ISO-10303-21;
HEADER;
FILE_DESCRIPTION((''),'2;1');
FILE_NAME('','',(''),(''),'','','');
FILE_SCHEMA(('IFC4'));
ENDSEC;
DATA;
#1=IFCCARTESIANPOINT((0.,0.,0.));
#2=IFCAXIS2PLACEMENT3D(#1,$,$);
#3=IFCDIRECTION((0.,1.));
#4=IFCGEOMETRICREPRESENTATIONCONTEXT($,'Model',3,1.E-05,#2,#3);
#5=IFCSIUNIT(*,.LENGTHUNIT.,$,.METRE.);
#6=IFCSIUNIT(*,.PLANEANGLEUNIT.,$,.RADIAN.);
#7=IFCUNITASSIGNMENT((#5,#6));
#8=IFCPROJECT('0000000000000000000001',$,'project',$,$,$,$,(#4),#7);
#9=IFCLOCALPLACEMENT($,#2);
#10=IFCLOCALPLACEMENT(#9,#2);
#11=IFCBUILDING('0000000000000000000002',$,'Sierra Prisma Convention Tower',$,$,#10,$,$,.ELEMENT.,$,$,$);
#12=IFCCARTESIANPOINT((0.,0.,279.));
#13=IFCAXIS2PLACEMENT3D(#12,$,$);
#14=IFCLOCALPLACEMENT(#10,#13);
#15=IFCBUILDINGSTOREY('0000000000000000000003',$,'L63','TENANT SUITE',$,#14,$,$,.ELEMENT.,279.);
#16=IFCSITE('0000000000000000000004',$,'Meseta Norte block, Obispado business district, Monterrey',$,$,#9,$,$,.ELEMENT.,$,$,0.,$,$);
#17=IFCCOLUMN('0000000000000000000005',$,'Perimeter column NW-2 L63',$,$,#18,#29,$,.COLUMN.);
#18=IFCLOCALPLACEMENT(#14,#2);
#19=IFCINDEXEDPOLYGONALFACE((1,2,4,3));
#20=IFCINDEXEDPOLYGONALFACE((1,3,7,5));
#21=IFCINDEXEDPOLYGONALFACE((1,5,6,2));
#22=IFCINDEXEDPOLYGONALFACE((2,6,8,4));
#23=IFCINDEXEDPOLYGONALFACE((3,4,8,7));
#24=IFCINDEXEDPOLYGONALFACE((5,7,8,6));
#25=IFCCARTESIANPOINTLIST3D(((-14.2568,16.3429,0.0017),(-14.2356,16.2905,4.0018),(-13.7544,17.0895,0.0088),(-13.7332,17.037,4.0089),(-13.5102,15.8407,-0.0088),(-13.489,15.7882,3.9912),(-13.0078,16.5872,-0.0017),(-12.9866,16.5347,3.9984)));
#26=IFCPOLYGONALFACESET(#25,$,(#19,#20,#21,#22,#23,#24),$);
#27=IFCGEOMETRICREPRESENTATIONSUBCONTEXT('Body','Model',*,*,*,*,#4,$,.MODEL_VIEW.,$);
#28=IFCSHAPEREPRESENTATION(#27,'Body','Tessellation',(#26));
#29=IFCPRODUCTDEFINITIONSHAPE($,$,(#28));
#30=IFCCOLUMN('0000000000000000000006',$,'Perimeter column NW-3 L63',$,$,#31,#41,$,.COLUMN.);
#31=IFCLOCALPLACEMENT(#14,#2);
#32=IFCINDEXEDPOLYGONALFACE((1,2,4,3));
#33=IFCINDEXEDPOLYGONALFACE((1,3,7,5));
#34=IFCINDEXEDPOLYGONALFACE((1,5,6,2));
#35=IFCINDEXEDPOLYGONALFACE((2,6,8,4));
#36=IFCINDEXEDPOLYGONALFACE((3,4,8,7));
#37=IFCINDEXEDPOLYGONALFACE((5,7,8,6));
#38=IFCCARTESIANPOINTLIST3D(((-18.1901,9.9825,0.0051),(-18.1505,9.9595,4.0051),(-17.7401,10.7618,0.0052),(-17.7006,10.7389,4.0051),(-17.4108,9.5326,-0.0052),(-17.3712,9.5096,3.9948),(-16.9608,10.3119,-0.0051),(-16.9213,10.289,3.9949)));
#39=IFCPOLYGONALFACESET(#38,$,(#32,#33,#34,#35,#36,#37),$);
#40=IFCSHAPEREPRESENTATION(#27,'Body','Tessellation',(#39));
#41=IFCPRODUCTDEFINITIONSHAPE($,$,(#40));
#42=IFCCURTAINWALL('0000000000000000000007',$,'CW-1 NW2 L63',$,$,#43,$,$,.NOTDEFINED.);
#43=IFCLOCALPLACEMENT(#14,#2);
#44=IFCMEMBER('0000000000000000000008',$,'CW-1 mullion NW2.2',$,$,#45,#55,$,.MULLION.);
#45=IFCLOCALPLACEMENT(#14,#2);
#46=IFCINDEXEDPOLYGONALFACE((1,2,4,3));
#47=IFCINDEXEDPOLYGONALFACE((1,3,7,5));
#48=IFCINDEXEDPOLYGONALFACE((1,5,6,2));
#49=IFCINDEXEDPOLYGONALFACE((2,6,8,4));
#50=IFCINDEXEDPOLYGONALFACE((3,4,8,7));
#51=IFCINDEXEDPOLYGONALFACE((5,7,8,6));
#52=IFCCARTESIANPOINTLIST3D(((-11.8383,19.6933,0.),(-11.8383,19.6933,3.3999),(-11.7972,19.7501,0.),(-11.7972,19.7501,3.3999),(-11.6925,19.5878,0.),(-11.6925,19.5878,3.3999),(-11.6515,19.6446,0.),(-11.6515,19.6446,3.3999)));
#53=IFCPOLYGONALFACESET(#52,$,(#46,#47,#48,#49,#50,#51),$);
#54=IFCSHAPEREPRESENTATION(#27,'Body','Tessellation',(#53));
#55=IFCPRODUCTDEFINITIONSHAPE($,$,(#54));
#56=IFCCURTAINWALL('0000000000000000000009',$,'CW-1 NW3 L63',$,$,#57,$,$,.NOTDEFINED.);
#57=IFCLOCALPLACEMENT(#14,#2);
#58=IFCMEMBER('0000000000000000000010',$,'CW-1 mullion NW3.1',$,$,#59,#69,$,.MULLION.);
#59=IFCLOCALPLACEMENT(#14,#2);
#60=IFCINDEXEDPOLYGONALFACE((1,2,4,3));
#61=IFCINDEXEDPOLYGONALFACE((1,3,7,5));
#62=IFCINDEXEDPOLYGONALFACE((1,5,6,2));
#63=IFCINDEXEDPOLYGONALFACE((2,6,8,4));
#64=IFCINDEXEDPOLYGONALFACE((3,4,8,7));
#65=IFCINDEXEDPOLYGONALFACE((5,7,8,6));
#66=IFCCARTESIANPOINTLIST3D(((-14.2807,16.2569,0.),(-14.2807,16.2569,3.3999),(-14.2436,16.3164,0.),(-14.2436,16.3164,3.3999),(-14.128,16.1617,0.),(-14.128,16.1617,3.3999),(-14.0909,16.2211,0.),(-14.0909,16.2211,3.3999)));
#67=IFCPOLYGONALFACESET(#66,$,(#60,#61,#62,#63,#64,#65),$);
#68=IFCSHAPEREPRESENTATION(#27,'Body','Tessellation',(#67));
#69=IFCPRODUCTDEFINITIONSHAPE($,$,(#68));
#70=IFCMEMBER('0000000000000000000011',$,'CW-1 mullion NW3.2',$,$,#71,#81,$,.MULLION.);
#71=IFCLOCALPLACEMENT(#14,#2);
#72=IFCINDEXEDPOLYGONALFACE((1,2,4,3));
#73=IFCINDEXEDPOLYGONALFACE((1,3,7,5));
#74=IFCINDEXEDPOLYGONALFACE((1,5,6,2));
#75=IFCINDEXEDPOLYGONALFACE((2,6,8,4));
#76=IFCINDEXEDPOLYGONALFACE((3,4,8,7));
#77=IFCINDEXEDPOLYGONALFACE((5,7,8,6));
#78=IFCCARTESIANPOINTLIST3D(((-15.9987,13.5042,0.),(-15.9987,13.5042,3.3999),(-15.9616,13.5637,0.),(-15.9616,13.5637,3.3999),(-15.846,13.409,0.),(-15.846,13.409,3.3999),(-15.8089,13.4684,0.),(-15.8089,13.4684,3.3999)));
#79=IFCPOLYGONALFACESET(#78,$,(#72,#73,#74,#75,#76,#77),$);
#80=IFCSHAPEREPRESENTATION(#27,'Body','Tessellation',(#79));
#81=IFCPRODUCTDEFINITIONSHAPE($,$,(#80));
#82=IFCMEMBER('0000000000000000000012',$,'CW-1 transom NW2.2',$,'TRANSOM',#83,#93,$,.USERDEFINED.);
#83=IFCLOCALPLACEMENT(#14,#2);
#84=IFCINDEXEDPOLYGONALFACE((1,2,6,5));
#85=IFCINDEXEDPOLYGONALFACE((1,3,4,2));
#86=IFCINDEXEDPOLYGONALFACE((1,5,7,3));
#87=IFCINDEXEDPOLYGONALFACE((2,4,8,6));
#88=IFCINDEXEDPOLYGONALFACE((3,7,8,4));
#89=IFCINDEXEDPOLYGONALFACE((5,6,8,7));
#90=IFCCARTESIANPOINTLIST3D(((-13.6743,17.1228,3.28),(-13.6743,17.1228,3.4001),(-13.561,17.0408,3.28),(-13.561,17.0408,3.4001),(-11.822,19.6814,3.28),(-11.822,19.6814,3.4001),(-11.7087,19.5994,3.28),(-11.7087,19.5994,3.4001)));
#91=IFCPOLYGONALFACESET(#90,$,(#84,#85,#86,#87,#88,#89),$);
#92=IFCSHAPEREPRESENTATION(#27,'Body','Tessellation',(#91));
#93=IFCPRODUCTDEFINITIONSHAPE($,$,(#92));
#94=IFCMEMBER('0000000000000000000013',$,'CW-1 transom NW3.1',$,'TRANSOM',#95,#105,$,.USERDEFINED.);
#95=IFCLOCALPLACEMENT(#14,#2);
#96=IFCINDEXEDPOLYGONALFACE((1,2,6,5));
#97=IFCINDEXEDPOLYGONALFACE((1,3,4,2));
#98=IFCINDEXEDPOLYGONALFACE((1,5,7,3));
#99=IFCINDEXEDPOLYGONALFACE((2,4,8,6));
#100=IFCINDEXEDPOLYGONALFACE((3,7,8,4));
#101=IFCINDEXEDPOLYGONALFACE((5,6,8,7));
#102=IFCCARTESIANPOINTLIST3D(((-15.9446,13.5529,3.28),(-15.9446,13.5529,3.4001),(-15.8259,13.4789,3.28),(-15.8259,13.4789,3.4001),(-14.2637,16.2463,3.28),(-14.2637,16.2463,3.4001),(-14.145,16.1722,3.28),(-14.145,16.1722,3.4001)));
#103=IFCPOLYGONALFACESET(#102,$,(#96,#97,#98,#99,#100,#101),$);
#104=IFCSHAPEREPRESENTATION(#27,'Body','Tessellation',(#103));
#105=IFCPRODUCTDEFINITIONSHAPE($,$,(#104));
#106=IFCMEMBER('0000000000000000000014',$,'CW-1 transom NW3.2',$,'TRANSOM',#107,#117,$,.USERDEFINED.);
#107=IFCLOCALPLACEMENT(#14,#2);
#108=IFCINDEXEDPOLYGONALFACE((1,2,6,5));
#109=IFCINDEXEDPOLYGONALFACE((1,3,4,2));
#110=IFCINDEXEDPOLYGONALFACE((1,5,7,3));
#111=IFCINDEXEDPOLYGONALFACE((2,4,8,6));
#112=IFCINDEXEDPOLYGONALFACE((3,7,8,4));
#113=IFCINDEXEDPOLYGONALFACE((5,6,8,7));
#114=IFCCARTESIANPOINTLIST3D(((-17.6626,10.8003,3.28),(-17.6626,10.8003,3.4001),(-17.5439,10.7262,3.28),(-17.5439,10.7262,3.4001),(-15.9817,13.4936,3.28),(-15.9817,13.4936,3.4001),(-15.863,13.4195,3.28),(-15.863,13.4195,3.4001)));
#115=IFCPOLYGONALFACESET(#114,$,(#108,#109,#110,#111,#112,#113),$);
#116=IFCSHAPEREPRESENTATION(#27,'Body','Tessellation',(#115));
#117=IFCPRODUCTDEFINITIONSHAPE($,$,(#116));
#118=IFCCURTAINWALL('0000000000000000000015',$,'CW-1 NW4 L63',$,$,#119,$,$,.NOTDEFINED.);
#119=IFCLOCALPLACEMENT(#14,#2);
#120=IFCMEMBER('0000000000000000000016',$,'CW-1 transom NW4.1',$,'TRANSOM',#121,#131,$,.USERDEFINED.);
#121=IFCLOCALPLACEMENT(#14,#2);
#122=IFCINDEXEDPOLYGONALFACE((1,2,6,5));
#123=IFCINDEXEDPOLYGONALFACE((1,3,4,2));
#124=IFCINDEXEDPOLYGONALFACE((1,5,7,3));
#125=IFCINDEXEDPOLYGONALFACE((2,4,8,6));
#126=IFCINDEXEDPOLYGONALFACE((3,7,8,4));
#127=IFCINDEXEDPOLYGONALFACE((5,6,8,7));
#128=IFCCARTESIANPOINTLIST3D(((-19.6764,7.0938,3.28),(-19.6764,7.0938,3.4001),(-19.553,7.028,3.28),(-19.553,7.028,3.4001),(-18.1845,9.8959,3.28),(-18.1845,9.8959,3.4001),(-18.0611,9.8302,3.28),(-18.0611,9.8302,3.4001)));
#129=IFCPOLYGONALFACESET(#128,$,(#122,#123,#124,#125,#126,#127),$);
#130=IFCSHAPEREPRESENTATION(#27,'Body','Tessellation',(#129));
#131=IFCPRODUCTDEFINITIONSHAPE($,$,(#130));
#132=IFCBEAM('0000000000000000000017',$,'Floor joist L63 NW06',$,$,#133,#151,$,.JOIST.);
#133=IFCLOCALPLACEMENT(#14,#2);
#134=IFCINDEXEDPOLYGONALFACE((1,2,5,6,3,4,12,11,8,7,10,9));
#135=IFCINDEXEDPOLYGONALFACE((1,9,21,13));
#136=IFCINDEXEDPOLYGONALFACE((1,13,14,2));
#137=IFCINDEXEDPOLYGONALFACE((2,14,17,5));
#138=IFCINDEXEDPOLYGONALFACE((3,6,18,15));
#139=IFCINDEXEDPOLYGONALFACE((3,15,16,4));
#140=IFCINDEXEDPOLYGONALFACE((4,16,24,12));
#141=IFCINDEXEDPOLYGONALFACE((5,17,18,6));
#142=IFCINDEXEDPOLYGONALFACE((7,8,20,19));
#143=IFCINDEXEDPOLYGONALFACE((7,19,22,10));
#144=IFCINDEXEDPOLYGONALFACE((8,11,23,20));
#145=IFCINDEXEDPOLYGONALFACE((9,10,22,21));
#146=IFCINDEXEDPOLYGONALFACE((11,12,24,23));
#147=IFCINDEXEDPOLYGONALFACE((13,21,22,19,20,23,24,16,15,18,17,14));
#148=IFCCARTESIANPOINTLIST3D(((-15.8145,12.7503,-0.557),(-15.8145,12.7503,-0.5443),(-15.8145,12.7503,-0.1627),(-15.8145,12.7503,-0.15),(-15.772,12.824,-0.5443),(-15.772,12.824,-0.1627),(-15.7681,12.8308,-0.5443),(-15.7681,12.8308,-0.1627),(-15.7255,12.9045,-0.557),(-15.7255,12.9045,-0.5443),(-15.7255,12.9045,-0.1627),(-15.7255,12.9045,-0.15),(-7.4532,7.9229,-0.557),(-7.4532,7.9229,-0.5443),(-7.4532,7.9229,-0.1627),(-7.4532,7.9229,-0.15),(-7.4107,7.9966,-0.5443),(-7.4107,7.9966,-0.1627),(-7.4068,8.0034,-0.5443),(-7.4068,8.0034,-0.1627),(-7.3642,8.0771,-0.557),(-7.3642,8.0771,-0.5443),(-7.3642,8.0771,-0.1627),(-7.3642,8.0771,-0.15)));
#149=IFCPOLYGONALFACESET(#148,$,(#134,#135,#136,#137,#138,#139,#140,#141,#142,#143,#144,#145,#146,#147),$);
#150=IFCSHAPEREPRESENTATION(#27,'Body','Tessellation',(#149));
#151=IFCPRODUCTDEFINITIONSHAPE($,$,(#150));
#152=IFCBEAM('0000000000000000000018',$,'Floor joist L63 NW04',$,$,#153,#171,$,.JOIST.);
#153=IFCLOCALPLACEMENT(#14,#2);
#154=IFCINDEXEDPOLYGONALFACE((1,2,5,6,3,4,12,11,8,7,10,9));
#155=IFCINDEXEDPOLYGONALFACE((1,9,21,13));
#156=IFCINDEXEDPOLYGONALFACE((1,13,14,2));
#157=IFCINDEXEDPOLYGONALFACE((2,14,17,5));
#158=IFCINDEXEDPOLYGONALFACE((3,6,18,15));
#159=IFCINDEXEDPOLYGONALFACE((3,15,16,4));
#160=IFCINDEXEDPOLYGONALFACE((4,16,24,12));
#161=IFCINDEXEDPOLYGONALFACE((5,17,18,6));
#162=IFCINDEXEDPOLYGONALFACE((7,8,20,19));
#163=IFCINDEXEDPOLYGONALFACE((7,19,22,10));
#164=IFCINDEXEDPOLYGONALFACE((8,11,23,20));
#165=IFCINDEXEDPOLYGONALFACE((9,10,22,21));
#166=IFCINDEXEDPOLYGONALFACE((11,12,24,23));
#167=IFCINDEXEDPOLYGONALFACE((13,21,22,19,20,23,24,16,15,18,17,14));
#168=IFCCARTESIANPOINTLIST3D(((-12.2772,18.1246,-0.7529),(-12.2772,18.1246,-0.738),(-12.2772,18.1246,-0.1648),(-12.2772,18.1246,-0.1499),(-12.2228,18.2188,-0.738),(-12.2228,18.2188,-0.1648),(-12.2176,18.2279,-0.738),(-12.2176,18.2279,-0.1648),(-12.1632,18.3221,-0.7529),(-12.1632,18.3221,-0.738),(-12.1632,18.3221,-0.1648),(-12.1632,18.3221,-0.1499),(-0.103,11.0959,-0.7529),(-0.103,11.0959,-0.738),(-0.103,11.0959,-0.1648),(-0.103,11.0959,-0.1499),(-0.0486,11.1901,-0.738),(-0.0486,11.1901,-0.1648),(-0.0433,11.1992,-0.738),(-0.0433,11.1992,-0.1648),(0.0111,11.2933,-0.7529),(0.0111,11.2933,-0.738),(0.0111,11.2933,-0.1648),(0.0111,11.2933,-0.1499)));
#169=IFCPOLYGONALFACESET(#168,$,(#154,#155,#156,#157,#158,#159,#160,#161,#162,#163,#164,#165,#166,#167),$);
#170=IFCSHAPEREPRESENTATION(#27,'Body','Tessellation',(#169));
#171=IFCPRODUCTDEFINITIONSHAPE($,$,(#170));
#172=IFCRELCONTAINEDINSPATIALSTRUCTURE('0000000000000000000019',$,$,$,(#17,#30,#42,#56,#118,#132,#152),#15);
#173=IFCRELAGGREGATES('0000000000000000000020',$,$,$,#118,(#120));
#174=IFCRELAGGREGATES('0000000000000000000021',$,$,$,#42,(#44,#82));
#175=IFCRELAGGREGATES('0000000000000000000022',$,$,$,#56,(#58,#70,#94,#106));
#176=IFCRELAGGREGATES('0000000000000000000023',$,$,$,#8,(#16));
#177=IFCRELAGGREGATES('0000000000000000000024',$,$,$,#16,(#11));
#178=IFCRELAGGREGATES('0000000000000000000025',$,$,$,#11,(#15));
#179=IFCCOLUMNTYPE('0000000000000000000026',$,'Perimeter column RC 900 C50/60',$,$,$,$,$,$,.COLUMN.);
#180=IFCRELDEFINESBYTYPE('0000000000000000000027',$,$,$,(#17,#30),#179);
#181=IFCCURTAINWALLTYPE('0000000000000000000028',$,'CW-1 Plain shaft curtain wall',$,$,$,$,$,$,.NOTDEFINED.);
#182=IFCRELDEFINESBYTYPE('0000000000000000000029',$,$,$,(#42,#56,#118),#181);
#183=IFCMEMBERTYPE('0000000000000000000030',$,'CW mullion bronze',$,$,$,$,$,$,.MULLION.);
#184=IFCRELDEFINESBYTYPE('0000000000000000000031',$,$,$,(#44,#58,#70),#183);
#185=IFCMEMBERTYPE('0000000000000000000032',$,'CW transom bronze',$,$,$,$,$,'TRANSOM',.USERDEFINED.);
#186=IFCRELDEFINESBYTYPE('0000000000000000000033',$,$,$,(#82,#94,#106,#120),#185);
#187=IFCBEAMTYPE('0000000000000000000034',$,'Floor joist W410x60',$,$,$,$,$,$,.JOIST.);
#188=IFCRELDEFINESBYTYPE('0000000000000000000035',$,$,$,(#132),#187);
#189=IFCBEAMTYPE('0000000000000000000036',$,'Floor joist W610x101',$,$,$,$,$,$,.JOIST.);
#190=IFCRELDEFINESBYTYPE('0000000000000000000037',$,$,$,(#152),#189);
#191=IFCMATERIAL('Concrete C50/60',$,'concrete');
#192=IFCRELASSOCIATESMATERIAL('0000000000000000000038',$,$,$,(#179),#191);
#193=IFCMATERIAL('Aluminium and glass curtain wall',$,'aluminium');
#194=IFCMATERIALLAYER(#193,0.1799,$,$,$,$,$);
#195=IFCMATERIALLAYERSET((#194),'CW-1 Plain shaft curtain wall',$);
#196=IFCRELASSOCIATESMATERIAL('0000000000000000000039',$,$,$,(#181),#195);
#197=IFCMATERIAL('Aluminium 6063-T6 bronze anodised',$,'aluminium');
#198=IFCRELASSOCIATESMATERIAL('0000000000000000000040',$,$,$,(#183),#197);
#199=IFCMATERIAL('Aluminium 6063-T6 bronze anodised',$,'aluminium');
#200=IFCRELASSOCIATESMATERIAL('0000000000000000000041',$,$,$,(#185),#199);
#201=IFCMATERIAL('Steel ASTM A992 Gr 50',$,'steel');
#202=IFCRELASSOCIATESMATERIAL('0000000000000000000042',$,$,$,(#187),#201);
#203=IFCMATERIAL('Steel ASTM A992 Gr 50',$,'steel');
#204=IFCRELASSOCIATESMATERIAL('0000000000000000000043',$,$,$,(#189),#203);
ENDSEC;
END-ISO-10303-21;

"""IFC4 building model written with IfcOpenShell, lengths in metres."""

from ifc_helpers import new_model, si_unit, direction, frame, origin, origin_2d, place, context, subcontext, project, spatial, rectangle, i_section, extrude, material, layer, layer_set, material_profile, profile_set, type_object, element, aggregate, save


model = new_model("IFC4")

# Units and contexts
model_context = context("Model", 3, precision=1e-05, world=origin(), true_north=direction((0.0, 1.0)))
body_context = subcontext(model_context, "Body", "Model", "MODEL_VIEW")
ifc_project = project(units=[si_unit("LENGTHUNIT", "METRE"), si_unit("PLANEANGLEUNIT", "RADIAN")], contexts=[model_context])

# Site, building, storey
site_placement = place(None, origin())
site = spatial("IfcSite", under=ifc_project, at=site_placement, Name="Meseta Norte block, Obispado business district, Monterrey", CompositionType="ELEMENT", RefElevation=0.0)
building_placement = place(site_placement, origin())
building = spatial("IfcBuilding", under=site, at=building_placement, Name="Sierra Prisma Convention Tower", CompositionType="ELEMENT")
storey_placement = place(building_placement, frame((0.0, 0.0, 279.0)))
storey = spatial("IfcBuildingStorey", under=building, at=storey_placement, Name="L63", Description="TENANT SUITE", CompositionType="ELEMENT", Elevation=279.0)

# Columns
ifc_material_1 = material(Name="Concrete C50/60", Category="concrete")
ifc_material_profile_1 = material_profile(ifc_material_1, rectangle(XDim=0.8999, YDim=0.8999, at=origin_2d()), Name="Perimeter column RC 900 C50/60")
ifc_profile_set_1 = profile_set([ifc_material_profile_1], Name="Concrete C50/60")
column_type = type_object("IfcColumnType", Name="Perimeter column RC 900 C50/60", PredefinedType="COLUMN", material=ifc_profile_set_1)
column_1_placement = place(storey_placement, frame((-13.6323, 16.4651, 0.0), z_axis=(0.00531, -0.013121, 0.9999), x_axis=(0.55826, 0.829628, 0.007922)))
element("IfcColumn", 1, at=column_1_placement, inside=storey, type_object=column_type, Name="Perimeter column NW-2 L63", PredefinedType="COLUMN", context=body_context, shape_type="SweptSolid", body=[
    extrude(rectangle(XDim=0.8999, YDim=0.8999, at=origin_2d()), origin(), (0.0, 0.0, 1.0), 4.0005),
])
column_2_placement = place(storey_placement, frame((-17.5754, 10.1472, 0.0), z_axis=(0.009887, -0.005737, 0.999935), x_axis=(0.499976, 0.86604, 0.000025)))
element("IfcColumn", 2, at=column_2_placement, inside=storey, type_object=column_type, Name="Perimeter column NW-3 L63", PredefinedType="COLUMN", context=body_context, shape_type="SweptSolid", body=[
    extrude(rectangle(XDim=0.8999, YDim=0.8999, at=origin_2d()), origin(), (0.0, 0.0, 1.0), 4.0002),
])

# Curtain wall, member
ifc_material_2 = material(Name="Aluminium and glass curtain wall", Category="aluminium")
ifc_layer_1 = layer(ifc_material_2, 0.1799)
ifc_layer_set_1 = layer_set([ifc_layer_1], Name="CW-1 Plain shaft curtain wall")
curtain_wall_type = type_object("IfcCurtainWallType", Name="CW-1 Plain shaft curtain wall", PredefinedType="NOTDEFINED", material=ifc_layer_set_1)
curtain_wall_1_placement = place(storey_placement, origin())
curtain_wall_1 = element("IfcCurtainWall", 3, at=curtain_wall_1_placement, inside=storey, type_object=curtain_wall_type, Name="CW-1 NW2 L63", PredefinedType="NOTDEFINED")
ifc_material_3 = material(Name="Aluminium 6063-T6 bronze anodised", Category="aluminium")
ifc_material_profile_2 = material_profile(ifc_material_3, rectangle(XDim=0.1799, YDim=0.0701, at=origin_2d()), Name="ALU MULLION 70x180")
ifc_profile_set_2 = profile_set([ifc_material_profile_2], Name="Aluminium 6063-T6 bronze anodised")
member_type_1 = type_object("IfcMemberType", Name="CW mullion bronze", PredefinedType="MULLION", material=ifc_profile_set_2)
member_1_placement = place(storey_placement, frame((-11.7449, 19.6689, 0.0), z_axis=(0.0, 0.0, 1.0), x_axis=(0.809999, -0.586431, 0.0)))
member_1 = element("IfcMember", 4, at=member_1_placement, type_object=member_type_1, Name="CW-1 mullion NW2.2", PredefinedType="MULLION", context=body_context, shape_type="SweptSolid", body=[
    extrude(rectangle(XDim=0.1799, YDim=0.0701, at=origin_2d()), origin(), (0.0, 0.0, 1.0), 3.3999),
])

# Curtain wall, members
curtain_wall_2_placement = place(storey_placement, origin())
curtain_wall_2 = element("IfcCurtainWall", 5, at=curtain_wall_2_placement, inside=storey, type_object=curtain_wall_type, Name="CW-1 NW3 L63", PredefinedType="NOTDEFINED")
member_2_placement = place(storey_placement, frame((-14.1858, 16.239, 0.0), z_axis=(0.0, 0.0, 1.0), x_axis=(0.848343, -0.529446, 0.0)))
member_2 = element("IfcMember", 6, at=member_2_placement, type_object=member_type_1, Name="CW-1 mullion NW3.1", PredefinedType="MULLION", context=body_context, shape_type="SweptSolid", body=[
    extrude(rectangle(XDim=0.1799, YDim=0.0701, at=origin_2d()), origin(), (0.0, 0.0, 1.0), 3.3999),
])
member_3_placement = place(storey_placement, frame((-15.9038, 13.4863, 0.0), z_axis=(0.0, 0.0, 1.0), x_axis=(0.848343, -0.529446, 0.0)))
member_3 = element("IfcMember", 7, at=member_3_placement, type_object=member_type_1, Name="CW-1 mullion NW3.2", PredefinedType="MULLION", context=body_context, shape_type="SweptSolid", body=[
    extrude(rectangle(XDim=0.1799, YDim=0.0701, at=origin_2d()), origin(), (0.0, 0.0, 1.0), 3.3999),
])

# Members
ifc_material_4 = material(Name="Aluminium 6063-T6 bronze anodised", Category="aluminium")
ifc_material_profile_3 = material_profile(ifc_material_4, rectangle(XDim=0.1399, YDim=0.1201, at=origin_2d()), Name="ALU TRANSOM 120x140")
ifc_profile_set_3 = profile_set([ifc_material_profile_3], Name="Aluminium 6063-T6 bronze anodised")
member_type_2 = type_object("IfcMemberType", Name="CW transom bronze", ElementType="TRANSOM", PredefinedType="USERDEFINED", material=ifc_profile_set_3)
member_4_placement = place(storey_placement, frame((-11.7654, 19.6404, 3.3401), z_axis=(-0.58641, -0.810014, 0.0), x_axis=(0.810014, -0.58641, 0.0)))
member_4 = element("IfcMember", 8, at=member_4_placement, type_object=member_type_2, Name="CW-1 transom NW2.2", ObjectType="TRANSOM", PredefinedType="USERDEFINED", context=body_context, shape_type="SweptSolid", body=[
    extrude(rectangle(XDim=0.1399, YDim=0.1201, at=origin_2d()), origin(), (0.0, 0.0, 1.0), 3.1587),
])
member_5_placement = place(storey_placement, frame((-14.2043, 16.2092, 3.3401), z_axis=(-0.529446, -0.848344, 0.0), x_axis=(0.848344, -0.529446, 0.0)))
member_5 = element("IfcMember", 9, at=member_5_placement, type_object=member_type_2, Name="CW-1 transom NW3.1", ObjectType="TRANSOM", PredefinedType="USERDEFINED", context=body_context, shape_type="SweptSolid", body=[
    extrude(rectangle(XDim=0.1399, YDim=0.1201, at=origin_2d()), origin(), (0.0, 0.0, 1.0), 3.1748),
])
member_6_placement = place(storey_placement, frame((-15.9224, 13.4565, 3.3401), z_axis=(-0.529446, -0.848344, 0.0), x_axis=(0.848344, -0.529446, 0.0)))
member_6 = element("IfcMember", 10, at=member_6_placement, type_object=member_type_2, Name="CW-1 transom NW3.2", ObjectType="TRANSOM", PredefinedType="USERDEFINED", context=body_context, shape_type="SweptSolid", body=[
    extrude(rectangle(XDim=0.1399, YDim=0.1201, at=origin_2d()), origin(), (0.0, 0.0, 1.0), 3.1748),
])

# Curtain wall, member
curtain_wall_3_placement = place(storey_placement, origin())
curtain_wall_3 = element("IfcCurtainWall", 11, at=curtain_wall_3_placement, inside=storey, type_object=curtain_wall_type, Name="CW-1 NW4 L63", PredefinedType="NOTDEFINED")
member_7_placement = place(storey_placement, frame((-18.1228, 9.863, 3.3401), z_axis=(-0.469953, -0.882691, 0.0), x_axis=(0.882691, -0.469953, 0.0)))
member_7 = element("IfcMember", 12, at=member_7_placement, type_object=member_type_2, Name="CW-1 transom NW4.1", ObjectType="TRANSOM", PredefinedType="USERDEFINED", context=body_context, shape_type="SweptSolid", body=[
    extrude(rectangle(XDim=0.1399, YDim=0.1201, at=origin_2d()), origin(), (0.0, 0.0, 1.0), 3.1746),
])
aggregate(curtain_wall_3, [member_7])

# Beams
ifc_material_5 = material(Name="Steel ASTM A992 Gr 50", Category="steel")
ifc_material_profile_4 = material_profile(ifc_material_5, i_section(OverallWidth=0.178, OverallDepth=0.407, WebThickness=0.0078, FlangeThickness=0.0127, at=origin_2d()), Name="W410x60")
ifc_profile_set_4 = profile_set([ifc_material_profile_4], Name="Steel ASTM A992 Gr 50")
beam_type_1 = type_object("IfcBeamType", Name="Floor joist W410x60", PredefinedType="JOIST", material=ifc_profile_set_4)
beam_1_placement = place(storey_placement, frame((-15.77, 12.8274, -0.3535), z_axis=(0.866026, -0.499998, 0.0), x_axis=(0.499998, 0.866026, 0.0)))
element("IfcBeam", 13, at=beam_1_placement, inside=storey, type_object=beam_type_1, Name="Floor joist L63 NW06", PredefinedType="JOIST", context=body_context, shape_type="SweptSolid", body=[
    extrude(i_section(OverallWidth=0.178, OverallDepth=0.407, WebThickness=0.0078, FlangeThickness=0.0127, at=origin_2d()), origin(), (0.0, 0.0, 1.0), 9.6548),
])
ifc_material_6 = material(Name="Steel ASTM A992 Gr 50", Category="steel")
ifc_material_profile_5 = material_profile(ifc_material_6, i_section(OverallWidth=0.228, OverallDepth=0.603, WebThickness=0.0105, FlangeThickness=0.0149, at=origin_2d()), Name="W610x101")
ifc_profile_set_5 = profile_set([ifc_material_profile_5], Name="Steel ASTM A992 Gr 50")
beam_type_2 = type_object("IfcBeamType", Name="Floor joist W610x101", PredefinedType="JOIST", material=ifc_profile_set_5)
beam_2_placement = place(storey_placement, frame((-12.2202, 18.2234, -0.4514), z_axis=(0.866027, -0.499998, 0.0), x_axis=(0.499998, 0.866027, 0.0)))
element("IfcBeam", 14, at=beam_2_placement, inside=storey, type_object=beam_type_2, Name="Floor joist L63 NW04", PredefinedType="JOIST", context=body_context, shape_type="SweptSolid", body=[
    extrude(i_section(OverallWidth=0.228, OverallDepth=0.603, WebThickness=0.0105, FlangeThickness=0.0149, at=origin_2d()), origin(), (0.0, 0.0, 1.0), 14.0576),
])

aggregate(curtain_wall_1, [member_1, member_4])
aggregate(curtain_wall_2, [member_2, member_3, member_5, member_6])

save(model, "model.ifc")
